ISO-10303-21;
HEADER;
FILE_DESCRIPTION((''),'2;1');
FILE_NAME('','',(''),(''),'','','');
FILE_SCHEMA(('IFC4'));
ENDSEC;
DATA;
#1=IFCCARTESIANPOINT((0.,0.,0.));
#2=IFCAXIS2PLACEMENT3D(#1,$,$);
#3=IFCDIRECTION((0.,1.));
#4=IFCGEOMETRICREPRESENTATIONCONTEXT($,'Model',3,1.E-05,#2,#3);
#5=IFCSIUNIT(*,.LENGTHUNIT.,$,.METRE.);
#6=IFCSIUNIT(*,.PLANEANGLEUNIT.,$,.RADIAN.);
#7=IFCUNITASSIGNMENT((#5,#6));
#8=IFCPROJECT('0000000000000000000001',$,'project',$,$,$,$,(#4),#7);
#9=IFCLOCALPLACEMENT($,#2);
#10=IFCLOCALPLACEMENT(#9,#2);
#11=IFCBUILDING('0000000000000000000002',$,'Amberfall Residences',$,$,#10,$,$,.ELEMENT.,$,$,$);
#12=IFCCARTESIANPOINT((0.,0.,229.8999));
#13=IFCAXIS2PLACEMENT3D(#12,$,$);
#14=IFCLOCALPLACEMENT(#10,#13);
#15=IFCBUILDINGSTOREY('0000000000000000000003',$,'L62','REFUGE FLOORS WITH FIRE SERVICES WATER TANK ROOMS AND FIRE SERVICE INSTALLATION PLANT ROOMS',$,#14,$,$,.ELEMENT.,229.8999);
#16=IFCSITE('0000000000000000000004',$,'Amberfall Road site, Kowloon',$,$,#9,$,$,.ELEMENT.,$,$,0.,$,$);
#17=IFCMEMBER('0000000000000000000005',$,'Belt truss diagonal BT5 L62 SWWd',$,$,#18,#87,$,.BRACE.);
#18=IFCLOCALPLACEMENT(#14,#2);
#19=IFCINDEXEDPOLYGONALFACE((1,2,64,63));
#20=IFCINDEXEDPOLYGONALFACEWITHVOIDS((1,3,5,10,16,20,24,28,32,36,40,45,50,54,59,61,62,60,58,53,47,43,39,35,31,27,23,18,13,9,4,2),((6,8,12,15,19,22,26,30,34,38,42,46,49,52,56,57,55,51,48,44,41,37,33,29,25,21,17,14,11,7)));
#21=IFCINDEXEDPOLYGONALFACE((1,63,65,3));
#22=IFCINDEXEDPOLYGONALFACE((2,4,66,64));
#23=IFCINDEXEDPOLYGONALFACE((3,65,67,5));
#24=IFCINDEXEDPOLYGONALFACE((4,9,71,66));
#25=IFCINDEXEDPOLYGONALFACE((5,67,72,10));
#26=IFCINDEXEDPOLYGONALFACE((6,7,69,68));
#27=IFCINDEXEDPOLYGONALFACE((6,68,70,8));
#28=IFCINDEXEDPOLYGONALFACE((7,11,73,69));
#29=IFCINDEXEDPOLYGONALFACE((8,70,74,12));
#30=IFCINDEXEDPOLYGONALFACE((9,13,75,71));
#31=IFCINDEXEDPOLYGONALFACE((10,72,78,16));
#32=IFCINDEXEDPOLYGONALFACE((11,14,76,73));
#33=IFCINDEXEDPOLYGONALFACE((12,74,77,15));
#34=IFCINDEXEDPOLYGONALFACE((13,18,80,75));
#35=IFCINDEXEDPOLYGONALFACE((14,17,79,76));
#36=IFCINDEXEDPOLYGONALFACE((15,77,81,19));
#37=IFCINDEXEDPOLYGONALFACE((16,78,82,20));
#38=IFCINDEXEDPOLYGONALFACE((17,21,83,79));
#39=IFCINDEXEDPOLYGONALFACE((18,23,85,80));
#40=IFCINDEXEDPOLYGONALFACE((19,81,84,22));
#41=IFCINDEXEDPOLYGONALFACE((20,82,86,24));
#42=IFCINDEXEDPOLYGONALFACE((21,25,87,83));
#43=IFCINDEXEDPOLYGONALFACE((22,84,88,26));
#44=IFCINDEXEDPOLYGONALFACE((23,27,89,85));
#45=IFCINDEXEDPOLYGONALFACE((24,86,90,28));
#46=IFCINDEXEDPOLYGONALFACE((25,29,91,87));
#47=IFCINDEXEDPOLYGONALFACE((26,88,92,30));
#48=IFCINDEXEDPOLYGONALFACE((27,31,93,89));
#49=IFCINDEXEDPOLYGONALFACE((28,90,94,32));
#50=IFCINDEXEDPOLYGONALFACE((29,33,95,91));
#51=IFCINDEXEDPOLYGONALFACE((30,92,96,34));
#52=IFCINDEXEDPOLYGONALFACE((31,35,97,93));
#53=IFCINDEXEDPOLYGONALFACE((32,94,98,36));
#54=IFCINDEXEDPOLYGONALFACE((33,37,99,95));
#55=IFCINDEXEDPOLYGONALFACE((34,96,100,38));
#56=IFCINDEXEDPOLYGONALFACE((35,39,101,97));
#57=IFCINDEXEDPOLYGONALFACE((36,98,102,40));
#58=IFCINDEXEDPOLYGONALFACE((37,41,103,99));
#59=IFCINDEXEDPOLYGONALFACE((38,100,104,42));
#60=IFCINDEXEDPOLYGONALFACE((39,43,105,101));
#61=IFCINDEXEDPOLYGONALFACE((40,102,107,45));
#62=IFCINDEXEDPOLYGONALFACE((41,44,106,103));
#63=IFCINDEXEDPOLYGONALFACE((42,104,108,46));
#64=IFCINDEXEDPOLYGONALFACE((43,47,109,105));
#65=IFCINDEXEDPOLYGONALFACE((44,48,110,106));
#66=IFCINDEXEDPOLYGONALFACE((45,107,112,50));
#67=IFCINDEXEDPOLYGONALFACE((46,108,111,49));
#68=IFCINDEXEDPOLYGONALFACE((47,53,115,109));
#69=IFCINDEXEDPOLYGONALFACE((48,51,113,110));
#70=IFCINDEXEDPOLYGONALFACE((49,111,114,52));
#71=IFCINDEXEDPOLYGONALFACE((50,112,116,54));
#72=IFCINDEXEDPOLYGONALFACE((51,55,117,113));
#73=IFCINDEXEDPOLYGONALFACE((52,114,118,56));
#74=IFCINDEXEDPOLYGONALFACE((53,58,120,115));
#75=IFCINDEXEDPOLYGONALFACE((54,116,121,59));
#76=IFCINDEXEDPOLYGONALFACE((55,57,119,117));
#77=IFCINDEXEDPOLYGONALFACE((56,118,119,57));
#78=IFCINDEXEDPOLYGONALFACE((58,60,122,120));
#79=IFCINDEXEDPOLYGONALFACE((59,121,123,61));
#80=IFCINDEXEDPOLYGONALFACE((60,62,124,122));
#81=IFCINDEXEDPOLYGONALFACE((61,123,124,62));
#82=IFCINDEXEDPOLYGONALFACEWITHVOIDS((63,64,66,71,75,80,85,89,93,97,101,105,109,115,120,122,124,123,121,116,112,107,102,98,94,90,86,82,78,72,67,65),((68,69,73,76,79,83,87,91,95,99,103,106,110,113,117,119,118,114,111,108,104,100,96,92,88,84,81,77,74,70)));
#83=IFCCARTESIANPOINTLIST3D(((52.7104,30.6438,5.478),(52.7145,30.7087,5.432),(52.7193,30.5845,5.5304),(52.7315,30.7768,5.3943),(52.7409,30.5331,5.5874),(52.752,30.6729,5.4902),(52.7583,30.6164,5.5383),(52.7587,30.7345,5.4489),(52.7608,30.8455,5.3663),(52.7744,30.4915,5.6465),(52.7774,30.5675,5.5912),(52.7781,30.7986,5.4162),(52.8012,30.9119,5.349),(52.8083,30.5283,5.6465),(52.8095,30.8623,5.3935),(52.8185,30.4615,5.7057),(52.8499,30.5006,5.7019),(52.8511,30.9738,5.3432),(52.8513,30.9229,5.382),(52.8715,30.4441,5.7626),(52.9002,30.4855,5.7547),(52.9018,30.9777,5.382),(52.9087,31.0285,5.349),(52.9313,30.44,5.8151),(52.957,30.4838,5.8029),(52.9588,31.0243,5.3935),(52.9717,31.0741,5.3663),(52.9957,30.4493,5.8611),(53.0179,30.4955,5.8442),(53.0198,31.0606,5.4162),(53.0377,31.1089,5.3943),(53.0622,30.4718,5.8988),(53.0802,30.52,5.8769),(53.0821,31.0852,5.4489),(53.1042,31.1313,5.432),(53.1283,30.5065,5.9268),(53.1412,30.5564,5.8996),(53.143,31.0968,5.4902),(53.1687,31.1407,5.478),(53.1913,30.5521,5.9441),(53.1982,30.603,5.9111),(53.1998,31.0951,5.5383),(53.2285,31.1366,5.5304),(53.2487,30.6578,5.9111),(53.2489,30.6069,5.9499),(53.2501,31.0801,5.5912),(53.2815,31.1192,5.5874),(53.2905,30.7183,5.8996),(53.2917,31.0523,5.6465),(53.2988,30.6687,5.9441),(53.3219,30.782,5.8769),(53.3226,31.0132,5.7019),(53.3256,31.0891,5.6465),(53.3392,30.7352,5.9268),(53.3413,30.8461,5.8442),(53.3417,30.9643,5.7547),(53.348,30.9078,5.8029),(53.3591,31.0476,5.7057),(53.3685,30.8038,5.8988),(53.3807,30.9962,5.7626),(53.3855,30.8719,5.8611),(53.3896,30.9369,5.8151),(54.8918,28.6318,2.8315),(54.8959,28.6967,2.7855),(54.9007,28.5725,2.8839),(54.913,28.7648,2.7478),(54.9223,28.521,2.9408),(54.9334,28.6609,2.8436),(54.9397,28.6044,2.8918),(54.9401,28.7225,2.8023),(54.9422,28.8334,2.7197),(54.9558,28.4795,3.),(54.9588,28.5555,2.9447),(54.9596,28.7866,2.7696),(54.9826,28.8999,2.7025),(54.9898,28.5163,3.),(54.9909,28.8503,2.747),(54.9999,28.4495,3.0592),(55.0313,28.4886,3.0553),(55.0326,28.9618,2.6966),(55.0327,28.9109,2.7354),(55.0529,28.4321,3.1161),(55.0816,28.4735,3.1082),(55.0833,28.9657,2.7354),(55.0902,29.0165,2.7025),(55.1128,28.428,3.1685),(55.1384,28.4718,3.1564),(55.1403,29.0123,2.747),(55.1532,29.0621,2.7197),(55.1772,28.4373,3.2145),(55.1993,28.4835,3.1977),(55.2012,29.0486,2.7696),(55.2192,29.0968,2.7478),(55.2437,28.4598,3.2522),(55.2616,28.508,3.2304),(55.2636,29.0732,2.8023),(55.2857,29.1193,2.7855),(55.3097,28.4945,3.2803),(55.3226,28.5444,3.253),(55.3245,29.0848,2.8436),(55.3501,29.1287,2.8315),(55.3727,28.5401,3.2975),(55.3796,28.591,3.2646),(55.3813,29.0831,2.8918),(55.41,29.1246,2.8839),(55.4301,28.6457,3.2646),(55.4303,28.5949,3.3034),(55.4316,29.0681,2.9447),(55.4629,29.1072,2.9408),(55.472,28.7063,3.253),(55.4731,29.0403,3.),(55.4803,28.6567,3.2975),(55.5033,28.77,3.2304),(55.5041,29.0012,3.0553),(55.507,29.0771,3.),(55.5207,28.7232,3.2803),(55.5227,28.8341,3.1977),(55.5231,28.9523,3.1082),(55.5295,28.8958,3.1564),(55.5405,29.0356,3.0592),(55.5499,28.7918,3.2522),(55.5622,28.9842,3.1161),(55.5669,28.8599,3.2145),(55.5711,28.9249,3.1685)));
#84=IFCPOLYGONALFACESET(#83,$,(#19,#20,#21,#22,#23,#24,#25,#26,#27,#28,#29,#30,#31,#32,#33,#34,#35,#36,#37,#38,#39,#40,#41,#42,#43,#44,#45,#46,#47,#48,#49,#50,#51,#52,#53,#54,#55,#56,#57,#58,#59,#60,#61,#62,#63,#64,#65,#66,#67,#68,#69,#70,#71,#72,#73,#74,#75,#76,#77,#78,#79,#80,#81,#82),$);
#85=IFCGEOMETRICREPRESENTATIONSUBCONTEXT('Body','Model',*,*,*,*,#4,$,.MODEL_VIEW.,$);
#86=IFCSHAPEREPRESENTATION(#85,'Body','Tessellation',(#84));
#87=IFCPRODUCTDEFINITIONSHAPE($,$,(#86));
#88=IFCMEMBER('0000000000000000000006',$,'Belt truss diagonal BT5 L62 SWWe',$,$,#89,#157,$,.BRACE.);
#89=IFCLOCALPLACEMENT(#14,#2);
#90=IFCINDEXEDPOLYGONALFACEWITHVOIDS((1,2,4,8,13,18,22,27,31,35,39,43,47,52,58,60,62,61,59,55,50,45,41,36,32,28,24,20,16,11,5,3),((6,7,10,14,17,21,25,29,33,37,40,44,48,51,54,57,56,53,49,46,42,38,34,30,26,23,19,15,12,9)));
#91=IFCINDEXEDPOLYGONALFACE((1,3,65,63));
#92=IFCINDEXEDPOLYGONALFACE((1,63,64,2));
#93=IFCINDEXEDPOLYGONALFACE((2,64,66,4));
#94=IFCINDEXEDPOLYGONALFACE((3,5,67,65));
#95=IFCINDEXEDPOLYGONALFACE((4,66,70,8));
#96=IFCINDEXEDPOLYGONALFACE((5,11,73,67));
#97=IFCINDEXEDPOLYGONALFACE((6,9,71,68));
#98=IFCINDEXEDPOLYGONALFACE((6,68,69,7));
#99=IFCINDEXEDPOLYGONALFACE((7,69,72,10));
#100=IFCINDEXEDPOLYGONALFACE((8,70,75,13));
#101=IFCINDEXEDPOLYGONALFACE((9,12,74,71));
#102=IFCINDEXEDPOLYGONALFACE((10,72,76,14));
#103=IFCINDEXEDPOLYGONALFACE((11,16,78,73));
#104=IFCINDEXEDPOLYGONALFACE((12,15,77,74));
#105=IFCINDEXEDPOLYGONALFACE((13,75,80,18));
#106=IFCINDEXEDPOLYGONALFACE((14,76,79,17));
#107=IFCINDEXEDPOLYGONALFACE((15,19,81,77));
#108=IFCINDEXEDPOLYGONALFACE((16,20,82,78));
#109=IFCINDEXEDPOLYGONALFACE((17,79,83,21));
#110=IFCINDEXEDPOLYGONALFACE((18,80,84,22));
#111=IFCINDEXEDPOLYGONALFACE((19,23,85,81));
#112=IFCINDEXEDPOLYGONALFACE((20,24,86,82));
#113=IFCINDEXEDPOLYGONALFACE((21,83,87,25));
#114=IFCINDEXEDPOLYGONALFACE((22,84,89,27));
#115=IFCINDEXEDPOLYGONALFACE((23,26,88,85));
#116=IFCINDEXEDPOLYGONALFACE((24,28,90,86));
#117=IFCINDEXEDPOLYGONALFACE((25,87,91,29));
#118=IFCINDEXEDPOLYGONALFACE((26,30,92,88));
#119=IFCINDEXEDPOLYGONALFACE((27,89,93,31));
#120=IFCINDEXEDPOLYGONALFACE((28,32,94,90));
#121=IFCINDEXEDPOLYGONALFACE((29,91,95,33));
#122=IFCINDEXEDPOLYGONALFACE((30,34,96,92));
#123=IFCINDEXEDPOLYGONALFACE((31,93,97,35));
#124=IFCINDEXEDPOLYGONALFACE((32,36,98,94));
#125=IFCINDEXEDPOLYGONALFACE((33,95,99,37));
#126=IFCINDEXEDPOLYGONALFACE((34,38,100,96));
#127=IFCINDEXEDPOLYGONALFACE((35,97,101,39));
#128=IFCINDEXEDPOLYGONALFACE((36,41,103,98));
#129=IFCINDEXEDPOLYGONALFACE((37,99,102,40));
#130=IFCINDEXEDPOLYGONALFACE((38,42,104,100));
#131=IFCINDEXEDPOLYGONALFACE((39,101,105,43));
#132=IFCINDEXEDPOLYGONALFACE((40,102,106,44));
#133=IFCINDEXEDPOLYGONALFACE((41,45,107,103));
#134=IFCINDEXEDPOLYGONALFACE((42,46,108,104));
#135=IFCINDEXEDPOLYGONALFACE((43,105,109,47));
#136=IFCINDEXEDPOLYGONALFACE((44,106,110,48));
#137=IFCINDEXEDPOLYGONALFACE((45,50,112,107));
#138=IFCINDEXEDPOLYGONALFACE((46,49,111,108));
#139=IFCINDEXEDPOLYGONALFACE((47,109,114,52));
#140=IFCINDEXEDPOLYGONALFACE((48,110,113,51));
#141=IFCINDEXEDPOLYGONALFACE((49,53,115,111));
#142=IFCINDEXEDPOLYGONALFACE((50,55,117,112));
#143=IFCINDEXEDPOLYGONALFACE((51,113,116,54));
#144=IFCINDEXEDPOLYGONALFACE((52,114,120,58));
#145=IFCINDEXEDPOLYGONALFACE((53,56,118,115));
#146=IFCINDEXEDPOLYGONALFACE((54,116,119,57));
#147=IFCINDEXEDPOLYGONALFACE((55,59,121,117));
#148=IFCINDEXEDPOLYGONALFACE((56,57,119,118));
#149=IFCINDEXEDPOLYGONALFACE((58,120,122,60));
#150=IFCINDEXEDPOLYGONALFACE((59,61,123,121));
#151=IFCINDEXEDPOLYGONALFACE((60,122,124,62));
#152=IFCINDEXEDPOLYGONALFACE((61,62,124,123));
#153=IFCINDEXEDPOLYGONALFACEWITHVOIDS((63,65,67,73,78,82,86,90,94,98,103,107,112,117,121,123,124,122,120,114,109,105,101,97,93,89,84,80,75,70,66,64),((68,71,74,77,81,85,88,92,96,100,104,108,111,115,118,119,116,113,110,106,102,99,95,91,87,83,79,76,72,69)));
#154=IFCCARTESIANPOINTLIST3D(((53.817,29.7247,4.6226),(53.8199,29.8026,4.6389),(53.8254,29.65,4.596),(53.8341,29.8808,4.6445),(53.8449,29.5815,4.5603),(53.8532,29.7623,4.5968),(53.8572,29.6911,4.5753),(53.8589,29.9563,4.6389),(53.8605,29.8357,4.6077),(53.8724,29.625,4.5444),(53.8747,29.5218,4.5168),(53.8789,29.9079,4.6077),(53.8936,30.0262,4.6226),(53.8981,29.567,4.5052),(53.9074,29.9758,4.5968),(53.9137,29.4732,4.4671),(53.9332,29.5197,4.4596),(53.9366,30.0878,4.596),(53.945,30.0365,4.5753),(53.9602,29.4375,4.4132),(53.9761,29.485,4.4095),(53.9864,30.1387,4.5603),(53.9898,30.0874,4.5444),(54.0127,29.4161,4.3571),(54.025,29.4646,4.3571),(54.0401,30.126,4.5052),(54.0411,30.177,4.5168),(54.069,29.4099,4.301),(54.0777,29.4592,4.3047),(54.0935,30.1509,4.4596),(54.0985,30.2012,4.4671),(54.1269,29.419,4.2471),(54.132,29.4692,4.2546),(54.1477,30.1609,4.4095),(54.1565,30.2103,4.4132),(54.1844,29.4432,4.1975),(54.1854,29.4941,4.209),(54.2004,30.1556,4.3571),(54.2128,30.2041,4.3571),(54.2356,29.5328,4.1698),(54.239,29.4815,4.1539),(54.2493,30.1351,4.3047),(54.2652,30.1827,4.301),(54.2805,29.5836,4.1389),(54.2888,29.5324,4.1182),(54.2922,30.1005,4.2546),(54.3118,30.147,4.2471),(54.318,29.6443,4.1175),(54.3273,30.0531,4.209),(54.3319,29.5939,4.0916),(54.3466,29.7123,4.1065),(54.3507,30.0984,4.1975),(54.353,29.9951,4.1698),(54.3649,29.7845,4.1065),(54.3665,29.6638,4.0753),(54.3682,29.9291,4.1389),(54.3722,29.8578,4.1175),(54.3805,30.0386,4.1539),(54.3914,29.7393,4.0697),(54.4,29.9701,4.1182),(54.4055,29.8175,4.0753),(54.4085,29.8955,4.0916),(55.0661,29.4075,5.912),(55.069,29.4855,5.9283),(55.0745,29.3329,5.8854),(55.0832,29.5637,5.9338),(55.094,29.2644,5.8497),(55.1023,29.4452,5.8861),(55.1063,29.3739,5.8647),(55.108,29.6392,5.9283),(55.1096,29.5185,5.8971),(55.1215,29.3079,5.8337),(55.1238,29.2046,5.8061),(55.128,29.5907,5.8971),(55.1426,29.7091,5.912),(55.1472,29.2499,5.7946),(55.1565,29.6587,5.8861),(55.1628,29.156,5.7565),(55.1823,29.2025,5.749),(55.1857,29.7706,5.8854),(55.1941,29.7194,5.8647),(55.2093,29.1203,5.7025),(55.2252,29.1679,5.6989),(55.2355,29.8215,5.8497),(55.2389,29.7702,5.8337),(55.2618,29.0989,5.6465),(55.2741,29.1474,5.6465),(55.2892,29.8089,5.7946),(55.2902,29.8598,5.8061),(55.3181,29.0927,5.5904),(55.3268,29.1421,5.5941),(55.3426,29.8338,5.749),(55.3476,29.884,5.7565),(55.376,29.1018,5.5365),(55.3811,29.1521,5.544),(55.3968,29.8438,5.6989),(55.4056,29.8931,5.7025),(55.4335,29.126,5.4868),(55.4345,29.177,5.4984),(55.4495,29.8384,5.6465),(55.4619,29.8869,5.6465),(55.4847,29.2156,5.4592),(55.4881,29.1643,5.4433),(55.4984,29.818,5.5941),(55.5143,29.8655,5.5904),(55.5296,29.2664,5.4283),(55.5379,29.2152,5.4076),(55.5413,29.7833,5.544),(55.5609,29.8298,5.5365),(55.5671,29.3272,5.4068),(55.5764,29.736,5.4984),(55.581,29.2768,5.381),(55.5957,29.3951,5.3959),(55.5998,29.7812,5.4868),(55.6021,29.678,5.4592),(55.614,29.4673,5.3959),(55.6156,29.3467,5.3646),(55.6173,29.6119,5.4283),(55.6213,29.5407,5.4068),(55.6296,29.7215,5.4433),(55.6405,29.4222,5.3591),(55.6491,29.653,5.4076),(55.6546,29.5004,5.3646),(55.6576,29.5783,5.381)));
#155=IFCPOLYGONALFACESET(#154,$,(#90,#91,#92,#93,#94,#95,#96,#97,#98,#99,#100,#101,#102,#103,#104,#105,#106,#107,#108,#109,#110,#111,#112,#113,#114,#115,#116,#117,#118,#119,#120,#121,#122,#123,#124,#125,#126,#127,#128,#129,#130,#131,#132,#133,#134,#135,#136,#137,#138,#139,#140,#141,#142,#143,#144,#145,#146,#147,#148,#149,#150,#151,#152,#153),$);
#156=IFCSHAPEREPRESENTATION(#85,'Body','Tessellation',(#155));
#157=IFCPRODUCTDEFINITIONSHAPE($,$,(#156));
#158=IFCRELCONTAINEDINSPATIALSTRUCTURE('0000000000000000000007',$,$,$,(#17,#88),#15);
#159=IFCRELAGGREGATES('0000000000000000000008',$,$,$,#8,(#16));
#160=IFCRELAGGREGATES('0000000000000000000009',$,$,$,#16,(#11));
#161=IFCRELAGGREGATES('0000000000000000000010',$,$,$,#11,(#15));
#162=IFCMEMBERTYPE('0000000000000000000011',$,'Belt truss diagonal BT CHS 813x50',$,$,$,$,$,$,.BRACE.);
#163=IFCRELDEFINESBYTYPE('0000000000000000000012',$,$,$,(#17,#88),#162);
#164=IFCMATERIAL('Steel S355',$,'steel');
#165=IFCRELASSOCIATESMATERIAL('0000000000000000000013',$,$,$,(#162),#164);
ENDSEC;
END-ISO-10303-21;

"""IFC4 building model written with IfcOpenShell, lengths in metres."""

from ifc_helpers import new_model, si_unit, direction, frame, origin, origin_2d, place, context, subcontext, project, spatial, hollow_circle, extrude, material, material_profile, profile_set, type_object, element, save


model = new_model("IFC4")

# Units and contexts
model_context = context("Model", 3, precision=1e-05, world=origin(), true_north=direction((0.0, 1.0)))
body_context = subcontext(model_context, "Body", "Model", "MODEL_VIEW")
ifc_project = project(units=[si_unit("LENGTHUNIT", "METRE"), si_unit("PLANEANGLEUNIT", "RADIAN")], contexts=[model_context])

# Site, building, storey
site_placement = place(None, origin())
site = spatial("IfcSite", under=ifc_project, at=site_placement, Name="Amberfall Road site, Kowloon", CompositionType="ELEMENT", RefElevation=0.0)
building_placement = place(site_placement, origin())
building = spatial("IfcBuilding", under=site, at=building_placement, Name="Amberfall Residences", CompositionType="ELEMENT")
storey_placement = place(building_placement, frame((0.0, 0.0, 229.8999)))
storey = spatial("IfcBuildingStorey", under=building, at=storey_placement, Name="L62", Description="REFUGE FLOORS WITH FIRE SERVICES WATER TANK ROOMS AND FIRE SERVICE INSTALLATION PLANT ROOMS", CompositionType="ELEMENT", Elevation=229.8999)

# Shared definitions
ifc_material_1 = material(Name="Steel S355", Category="steel")

# Members
ifc_material_profile_1 = material_profile(ifc_material_1, hollow_circle(Radius=0.4065, WallThickness=0.05, at=origin_2d()), Name="CHS 813x50")
ifc_profile_set_1 = profile_set([ifc_material_profile_1], Name="Steel S355")
member_type = type_object("IfcMemberType", Name="Belt truss diagonal BT CHS 813x50", PredefinedType="BRACE", material=ifc_profile_set_1)
member_1_placement = place(storey_placement, frame((55.2314, 28.7783, 3.0), z_axis=(-0.54861, 0.505998, 0.665577), x_axis=(-0.677983, -0.735078, 0.0)))
element("IfcMember", 1, at=member_1_placement, inside=storey, type_object=member_type, Name="Belt truss diagonal BT5 L62 SWWd", PredefinedType="BRACE", context=body_context, shape_type="SweptSolid", body=[
    extrude(hollow_circle(Radius=0.4065, WallThickness=0.05, at=origin_2d()), origin(), (0.0, 0.0, 1.0), 3.9763),
])
member_2_placement = place(storey_placement, frame((55.3618, 29.4929, 5.6465), z_axis=(-0.685187, 0.173975, -0.707285), x_axis=(-0.2461, -0.969244, 0.0)))
element("IfcMember", 2, at=member_2_placement, inside=storey, type_object=member_type, Name="Belt truss diagonal BT5 L62 SWWe", PredefinedType="BRACE", context=body_context, shape_type="SweptSolid", body=[
    extrude(hollow_circle(Radius=0.4065, WallThickness=0.05, at=origin_2d()), origin(), (0.0, 0.0, 1.0), 1.823),
])

save(model, "model.ifc")
